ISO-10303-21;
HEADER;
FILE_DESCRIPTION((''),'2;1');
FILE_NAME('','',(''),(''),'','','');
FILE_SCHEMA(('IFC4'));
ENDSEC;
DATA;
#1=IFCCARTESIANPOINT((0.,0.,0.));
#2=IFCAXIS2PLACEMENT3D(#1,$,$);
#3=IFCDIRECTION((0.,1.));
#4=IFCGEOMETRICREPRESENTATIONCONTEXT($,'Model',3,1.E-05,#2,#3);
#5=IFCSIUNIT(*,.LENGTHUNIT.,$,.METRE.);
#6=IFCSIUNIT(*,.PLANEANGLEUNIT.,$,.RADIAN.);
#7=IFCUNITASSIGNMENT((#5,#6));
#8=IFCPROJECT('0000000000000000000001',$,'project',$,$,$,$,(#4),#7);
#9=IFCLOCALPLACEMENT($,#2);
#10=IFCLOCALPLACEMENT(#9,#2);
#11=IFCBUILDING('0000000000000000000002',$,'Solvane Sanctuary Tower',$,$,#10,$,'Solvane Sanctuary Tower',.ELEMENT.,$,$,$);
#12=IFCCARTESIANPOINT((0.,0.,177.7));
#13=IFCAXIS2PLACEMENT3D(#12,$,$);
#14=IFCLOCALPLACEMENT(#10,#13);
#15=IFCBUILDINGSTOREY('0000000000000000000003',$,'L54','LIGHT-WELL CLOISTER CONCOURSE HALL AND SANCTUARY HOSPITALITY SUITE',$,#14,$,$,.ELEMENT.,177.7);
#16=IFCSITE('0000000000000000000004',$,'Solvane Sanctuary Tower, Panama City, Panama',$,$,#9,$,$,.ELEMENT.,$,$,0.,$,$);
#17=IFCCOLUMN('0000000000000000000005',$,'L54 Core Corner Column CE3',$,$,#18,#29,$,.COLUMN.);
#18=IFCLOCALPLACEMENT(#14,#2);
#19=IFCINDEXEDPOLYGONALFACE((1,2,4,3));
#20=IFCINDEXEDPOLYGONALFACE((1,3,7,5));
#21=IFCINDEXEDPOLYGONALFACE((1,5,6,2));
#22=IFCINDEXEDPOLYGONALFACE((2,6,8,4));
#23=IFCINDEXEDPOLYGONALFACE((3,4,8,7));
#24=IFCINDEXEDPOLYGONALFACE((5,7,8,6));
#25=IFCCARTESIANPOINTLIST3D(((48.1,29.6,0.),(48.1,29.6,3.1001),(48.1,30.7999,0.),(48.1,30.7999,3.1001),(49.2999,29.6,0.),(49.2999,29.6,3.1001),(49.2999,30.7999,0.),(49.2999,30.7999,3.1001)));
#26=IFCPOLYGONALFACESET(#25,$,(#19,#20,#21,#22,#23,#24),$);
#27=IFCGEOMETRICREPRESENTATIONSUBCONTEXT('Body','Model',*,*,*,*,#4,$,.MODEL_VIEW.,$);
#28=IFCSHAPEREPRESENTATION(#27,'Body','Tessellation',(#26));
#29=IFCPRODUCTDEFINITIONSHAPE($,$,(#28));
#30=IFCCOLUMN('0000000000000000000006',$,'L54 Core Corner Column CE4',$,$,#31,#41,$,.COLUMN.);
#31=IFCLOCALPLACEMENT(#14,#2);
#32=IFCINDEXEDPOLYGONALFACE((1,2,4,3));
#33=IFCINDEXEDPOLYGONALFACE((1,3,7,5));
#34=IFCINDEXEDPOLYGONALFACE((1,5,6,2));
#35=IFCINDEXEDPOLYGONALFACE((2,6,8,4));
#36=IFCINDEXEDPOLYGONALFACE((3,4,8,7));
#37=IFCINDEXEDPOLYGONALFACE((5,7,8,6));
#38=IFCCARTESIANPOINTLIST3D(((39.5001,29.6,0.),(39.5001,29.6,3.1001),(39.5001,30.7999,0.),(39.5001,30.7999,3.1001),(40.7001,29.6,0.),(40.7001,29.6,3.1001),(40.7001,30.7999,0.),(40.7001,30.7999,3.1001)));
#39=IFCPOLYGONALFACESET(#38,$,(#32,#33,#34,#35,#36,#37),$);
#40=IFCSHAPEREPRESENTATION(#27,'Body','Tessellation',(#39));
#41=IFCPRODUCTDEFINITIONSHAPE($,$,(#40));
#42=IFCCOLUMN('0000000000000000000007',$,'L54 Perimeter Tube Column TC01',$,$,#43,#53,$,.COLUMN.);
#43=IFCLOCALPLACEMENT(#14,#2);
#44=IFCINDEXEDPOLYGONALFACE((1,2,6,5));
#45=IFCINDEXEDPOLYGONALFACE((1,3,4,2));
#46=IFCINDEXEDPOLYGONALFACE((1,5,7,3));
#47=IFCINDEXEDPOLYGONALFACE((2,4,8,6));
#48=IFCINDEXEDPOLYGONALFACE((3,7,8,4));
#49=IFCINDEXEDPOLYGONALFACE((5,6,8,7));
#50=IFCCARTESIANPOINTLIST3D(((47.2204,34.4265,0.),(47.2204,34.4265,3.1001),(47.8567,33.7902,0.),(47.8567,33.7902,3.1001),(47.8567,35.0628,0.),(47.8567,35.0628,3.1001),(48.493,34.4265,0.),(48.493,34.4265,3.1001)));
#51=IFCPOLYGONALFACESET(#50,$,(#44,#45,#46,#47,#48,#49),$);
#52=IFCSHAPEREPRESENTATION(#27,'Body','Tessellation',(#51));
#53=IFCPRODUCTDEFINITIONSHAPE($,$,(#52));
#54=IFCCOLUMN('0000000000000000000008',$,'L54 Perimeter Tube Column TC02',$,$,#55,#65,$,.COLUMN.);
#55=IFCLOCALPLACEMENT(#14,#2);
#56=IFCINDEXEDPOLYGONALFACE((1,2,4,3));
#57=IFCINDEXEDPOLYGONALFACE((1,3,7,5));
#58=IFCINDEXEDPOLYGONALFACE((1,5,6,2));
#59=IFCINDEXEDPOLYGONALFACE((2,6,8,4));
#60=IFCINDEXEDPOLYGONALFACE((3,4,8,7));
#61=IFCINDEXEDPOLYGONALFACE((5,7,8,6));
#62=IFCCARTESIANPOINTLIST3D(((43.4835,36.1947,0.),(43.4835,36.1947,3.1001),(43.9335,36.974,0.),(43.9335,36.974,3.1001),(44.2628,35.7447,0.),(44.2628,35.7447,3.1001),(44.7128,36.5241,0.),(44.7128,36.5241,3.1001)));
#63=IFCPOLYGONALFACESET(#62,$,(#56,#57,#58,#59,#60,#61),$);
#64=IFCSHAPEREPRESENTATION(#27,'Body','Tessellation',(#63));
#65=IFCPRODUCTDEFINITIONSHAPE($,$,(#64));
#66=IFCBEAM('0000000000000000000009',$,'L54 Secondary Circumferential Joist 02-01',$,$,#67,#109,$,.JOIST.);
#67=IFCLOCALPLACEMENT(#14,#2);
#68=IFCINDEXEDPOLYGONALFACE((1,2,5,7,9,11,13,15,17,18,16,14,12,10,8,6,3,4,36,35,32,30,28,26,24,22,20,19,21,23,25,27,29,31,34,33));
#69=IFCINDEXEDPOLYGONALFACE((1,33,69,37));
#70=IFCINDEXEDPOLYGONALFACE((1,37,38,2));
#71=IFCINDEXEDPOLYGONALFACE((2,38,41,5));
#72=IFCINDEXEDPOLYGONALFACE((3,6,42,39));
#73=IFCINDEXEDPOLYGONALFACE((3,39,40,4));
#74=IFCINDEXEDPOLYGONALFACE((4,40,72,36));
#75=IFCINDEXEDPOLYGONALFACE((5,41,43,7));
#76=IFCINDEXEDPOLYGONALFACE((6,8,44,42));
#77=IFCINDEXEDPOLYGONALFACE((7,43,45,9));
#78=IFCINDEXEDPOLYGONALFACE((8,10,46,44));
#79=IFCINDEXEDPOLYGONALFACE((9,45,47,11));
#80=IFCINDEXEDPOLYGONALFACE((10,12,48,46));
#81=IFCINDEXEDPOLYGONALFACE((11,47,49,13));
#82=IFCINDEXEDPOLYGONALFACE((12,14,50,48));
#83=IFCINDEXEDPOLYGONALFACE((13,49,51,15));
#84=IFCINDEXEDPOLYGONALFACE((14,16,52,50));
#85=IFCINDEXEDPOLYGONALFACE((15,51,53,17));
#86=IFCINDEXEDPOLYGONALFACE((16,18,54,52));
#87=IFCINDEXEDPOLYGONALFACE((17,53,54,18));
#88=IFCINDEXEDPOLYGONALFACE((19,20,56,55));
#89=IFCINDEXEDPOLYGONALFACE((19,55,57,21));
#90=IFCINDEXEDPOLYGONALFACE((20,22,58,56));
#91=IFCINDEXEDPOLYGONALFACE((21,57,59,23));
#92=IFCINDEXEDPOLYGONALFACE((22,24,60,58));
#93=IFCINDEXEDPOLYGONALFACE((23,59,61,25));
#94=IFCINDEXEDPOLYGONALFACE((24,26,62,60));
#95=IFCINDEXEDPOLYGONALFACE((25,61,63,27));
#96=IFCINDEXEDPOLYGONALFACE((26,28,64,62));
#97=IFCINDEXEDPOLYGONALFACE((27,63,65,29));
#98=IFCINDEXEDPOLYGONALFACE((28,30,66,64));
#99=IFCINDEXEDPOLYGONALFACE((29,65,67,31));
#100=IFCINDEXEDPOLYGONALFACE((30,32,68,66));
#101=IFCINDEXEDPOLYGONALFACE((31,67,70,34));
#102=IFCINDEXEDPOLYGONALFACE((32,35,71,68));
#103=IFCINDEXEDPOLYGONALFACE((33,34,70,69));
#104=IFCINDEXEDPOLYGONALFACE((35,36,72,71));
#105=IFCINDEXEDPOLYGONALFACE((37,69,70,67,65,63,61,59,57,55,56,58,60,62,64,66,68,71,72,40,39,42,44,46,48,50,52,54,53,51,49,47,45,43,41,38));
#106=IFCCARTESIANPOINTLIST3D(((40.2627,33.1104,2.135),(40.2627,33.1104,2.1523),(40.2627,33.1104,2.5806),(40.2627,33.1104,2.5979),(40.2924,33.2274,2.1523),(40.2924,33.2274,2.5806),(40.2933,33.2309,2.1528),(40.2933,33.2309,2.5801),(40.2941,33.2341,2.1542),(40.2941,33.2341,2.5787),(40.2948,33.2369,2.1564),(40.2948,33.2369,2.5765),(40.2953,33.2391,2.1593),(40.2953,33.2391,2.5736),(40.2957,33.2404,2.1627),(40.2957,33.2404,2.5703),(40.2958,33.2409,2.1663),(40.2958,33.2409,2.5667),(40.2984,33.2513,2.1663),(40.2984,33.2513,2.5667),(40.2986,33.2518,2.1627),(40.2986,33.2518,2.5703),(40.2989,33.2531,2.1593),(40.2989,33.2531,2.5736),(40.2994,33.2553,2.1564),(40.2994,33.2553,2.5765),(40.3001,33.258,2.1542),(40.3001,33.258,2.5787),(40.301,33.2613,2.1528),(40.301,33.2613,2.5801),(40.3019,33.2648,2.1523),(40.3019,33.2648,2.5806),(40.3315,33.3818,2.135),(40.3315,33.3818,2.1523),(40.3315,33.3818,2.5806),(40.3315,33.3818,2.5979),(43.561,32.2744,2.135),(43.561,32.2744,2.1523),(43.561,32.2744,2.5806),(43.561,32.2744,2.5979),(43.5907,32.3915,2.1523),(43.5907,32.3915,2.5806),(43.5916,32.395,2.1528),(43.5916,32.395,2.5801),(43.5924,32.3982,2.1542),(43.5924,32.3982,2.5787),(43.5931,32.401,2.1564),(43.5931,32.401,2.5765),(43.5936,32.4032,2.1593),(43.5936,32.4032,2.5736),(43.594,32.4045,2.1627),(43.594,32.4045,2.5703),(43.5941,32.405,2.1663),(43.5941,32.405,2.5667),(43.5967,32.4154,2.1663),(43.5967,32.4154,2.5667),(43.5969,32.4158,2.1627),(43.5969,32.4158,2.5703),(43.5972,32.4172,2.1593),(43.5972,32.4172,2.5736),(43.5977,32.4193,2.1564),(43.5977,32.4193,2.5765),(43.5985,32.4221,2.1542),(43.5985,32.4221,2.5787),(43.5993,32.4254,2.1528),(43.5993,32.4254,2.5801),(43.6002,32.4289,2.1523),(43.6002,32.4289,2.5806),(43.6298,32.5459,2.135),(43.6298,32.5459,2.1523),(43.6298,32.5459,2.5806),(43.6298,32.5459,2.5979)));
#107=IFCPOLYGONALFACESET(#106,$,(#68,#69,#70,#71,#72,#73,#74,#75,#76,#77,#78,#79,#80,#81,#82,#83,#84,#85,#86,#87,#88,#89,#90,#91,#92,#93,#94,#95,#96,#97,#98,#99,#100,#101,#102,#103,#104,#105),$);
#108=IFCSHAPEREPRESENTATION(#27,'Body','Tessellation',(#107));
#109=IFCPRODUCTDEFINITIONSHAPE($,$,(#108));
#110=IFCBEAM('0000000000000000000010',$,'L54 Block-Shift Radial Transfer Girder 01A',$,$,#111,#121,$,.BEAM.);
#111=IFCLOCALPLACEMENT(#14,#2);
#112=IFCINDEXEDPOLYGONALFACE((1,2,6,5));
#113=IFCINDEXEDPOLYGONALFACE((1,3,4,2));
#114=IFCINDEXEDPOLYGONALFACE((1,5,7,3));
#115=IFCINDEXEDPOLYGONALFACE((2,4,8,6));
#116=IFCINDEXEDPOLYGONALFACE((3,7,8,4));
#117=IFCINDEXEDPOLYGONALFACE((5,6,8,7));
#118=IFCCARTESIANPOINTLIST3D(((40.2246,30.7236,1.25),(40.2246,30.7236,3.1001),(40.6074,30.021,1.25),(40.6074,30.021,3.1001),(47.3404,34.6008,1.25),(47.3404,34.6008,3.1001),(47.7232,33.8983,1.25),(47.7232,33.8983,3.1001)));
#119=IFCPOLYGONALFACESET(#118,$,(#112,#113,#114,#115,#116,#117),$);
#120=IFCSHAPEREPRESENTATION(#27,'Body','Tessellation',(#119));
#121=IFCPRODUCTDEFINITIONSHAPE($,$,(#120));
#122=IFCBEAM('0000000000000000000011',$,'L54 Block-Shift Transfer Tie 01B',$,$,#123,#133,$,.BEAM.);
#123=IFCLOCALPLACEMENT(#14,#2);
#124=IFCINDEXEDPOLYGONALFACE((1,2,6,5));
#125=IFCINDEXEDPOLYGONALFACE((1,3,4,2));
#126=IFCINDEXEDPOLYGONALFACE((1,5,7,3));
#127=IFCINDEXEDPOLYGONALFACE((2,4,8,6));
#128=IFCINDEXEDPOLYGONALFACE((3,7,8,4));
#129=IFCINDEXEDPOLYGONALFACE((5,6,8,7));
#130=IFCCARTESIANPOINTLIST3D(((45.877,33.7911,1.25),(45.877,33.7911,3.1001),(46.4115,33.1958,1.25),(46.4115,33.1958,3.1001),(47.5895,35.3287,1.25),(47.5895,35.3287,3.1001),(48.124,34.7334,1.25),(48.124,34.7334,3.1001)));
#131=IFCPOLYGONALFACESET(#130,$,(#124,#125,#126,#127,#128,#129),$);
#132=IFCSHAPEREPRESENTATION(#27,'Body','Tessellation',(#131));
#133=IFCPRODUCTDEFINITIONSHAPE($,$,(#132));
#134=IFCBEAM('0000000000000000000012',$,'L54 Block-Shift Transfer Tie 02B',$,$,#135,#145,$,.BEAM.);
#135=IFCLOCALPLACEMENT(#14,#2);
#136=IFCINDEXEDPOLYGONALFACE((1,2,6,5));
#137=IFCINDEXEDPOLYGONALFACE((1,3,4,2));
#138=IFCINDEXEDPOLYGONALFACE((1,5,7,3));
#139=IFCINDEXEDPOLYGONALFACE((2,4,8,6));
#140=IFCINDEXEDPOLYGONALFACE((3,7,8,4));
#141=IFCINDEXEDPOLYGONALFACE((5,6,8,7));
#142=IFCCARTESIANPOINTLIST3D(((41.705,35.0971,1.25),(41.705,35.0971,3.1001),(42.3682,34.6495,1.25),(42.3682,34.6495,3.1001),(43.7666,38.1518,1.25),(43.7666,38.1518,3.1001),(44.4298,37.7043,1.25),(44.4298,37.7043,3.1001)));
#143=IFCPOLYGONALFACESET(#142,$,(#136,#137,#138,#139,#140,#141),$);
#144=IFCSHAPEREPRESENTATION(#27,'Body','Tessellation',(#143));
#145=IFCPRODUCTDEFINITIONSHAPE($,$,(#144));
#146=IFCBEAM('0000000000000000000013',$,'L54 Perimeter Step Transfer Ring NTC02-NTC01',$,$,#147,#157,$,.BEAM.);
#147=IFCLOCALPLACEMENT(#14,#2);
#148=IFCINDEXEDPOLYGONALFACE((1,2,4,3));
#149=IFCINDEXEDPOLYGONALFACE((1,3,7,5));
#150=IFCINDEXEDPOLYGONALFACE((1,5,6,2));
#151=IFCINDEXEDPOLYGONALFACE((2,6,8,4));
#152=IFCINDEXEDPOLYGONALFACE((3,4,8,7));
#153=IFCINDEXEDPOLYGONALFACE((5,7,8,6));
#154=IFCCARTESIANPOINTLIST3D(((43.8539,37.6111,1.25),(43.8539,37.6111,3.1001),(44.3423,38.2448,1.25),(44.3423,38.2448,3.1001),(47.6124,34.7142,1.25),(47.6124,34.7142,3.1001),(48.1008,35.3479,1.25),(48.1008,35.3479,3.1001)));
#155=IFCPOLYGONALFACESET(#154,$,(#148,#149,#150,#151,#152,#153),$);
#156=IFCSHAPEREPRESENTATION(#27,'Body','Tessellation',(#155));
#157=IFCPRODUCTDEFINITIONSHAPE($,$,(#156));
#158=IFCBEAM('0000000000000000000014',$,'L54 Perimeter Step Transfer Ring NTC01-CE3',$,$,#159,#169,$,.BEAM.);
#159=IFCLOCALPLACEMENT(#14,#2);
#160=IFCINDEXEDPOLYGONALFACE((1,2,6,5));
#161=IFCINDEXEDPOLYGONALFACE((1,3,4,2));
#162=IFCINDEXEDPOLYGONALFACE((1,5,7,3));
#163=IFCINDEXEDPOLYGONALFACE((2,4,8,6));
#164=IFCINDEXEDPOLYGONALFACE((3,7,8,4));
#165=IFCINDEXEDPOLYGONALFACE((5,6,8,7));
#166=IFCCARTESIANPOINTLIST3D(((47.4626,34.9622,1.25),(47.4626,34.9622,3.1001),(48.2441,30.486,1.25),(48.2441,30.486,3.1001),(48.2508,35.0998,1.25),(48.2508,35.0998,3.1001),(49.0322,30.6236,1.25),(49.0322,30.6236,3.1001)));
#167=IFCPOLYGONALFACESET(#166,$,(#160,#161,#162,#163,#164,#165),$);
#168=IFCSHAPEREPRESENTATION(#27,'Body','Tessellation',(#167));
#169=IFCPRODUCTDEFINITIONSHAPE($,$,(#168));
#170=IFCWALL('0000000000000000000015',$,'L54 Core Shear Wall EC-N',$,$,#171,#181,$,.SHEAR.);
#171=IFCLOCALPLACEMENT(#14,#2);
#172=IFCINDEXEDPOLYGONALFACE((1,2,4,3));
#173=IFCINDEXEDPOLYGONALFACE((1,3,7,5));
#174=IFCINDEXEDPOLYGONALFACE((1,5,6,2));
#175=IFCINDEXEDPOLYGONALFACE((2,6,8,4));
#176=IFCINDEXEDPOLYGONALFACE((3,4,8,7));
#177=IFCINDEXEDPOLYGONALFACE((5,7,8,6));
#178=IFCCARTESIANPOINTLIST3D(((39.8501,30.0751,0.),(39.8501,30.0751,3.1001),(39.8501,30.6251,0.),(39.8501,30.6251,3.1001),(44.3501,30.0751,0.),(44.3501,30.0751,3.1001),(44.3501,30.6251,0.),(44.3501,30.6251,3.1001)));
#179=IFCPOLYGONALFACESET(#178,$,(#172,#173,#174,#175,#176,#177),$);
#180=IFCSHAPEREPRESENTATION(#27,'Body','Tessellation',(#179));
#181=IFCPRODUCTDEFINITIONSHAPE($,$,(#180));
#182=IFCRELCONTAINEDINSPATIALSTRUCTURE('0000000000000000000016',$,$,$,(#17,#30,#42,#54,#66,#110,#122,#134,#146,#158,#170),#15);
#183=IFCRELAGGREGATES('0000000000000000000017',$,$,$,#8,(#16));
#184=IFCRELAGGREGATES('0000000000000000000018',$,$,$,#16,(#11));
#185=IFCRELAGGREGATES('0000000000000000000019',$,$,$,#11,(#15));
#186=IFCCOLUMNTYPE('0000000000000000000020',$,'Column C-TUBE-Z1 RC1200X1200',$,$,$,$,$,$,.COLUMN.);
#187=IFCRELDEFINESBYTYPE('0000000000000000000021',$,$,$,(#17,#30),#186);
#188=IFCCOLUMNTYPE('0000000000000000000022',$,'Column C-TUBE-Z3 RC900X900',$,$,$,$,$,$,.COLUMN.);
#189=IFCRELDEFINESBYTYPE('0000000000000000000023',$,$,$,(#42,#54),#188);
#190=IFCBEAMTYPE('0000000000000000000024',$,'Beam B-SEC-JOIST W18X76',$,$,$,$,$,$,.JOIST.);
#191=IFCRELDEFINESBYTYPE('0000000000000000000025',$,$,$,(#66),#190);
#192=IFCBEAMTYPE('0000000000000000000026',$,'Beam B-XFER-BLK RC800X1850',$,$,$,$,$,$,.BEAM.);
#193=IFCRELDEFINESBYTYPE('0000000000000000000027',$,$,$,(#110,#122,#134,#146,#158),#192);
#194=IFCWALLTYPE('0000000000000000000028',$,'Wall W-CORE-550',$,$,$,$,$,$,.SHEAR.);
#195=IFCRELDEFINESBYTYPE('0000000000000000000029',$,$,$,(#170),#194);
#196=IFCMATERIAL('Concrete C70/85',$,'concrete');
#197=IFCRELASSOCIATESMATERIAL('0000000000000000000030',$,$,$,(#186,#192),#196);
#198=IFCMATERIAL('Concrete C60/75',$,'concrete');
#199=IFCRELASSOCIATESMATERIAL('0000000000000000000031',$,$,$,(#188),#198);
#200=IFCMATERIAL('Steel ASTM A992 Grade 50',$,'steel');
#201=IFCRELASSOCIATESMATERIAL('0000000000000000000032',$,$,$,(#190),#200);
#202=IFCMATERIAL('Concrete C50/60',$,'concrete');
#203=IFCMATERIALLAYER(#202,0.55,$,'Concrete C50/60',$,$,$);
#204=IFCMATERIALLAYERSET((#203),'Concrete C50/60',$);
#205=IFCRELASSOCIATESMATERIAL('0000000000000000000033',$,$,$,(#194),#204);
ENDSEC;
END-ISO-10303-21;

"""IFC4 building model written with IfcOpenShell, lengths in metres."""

from ifc_helpers import new_model, si_unit, direction, frame, frame_2d, origin, origin_2d, place, context, subcontext, project, spatial, rectangle, i_section, extrude, material, layer, layer_set, material_profile, profile_set, type_object, element, save


model = new_model("IFC4")

# Units and contexts
model_context = context("Model", 3, precision=1e-05, world=origin(), true_north=direction((0.0, 1.0)))
body_context = subcontext(model_context, "Body", "Model", "MODEL_VIEW")
ifc_project = project(units=[si_unit("LENGTHUNIT", "METRE"), si_unit("PLANEANGLEUNIT", "RADIAN")], contexts=[model_context])

# Site, building, storey
site_placement = place(None, origin())
site = spatial("IfcSite", under=ifc_project, at=site_placement, Name="Solvane Sanctuary Tower, Panama City, Panama", CompositionType="ELEMENT", RefElevation=0.0)
building_placement = place(site_placement, origin())
building = spatial("IfcBuilding", under=site, at=building_placement, Name="Solvane Sanctuary Tower", LongName="Solvane Sanctuary Tower", CompositionType="ELEMENT")
storey_placement = place(building_placement, frame((0.0, 0.0, 177.7)))
storey = spatial("IfcBuildingStorey", under=building, at=storey_placement, Name="L54", Description="LIGHT-WELL CLOISTER CONCOURSE HALL AND SANCTUARY HOSPITALITY SUITE", CompositionType="ELEMENT", Elevation=177.7)

# Columns
ifc_material_1 = material(Name="Concrete C70/85", Category="concrete")
ifc_material_profile_1 = material_profile(ifc_material_1, rectangle(XDim=1.2, YDim=1.2, at=origin_2d()), Name="RC1200X1200")
ifc_profile_set_1 = profile_set([ifc_material_profile_1], Name="Concrete C70/85")
column_type_1 = type_object("IfcColumnType", Name="Column C-TUBE-Z1 RC1200X1200", PredefinedType="COLUMN", material=ifc_profile_set_1)
for number, where, z_axis, x_axis, name in (
    (1, (48.7, 30.2, 0.0), (0.0, 0.0, 1.0), (1.0, 0.0, 0.0), "L54 Core Corner Column CE3"),
    (2, (40.1001, 30.2, 0.0), (0.0, 0.0, 1.0), (1.0, 0.0, 0.0), "L54 Core Corner Column CE4"),
):
    element("IfcColumn", number, at=place(storey_placement, frame(where, z_axis=z_axis, x_axis=x_axis)), inside=storey, type_object=column_type_1, Name=name, PredefinedType="COLUMN", context=body_context, shape_type="SweptSolid", body=[
        extrude(rectangle(XDim=1.2, YDim=1.2, at=origin_2d()), origin(), (0.0, 0.0, 1.0), 3.1001),
    ])
ifc_material_2 = material(Name="Concrete C60/75", Category="concrete")
ifc_material_profile_2 = material_profile(ifc_material_2, rectangle(XDim=0.8999, YDim=0.8999, at=origin_2d()), Name="RC900X900")
ifc_profile_set_2 = profile_set([ifc_material_profile_2], Name="Concrete C60/75")
column_type_2 = type_object("IfcColumnType", Name="Column C-TUBE-Z3 RC900X900", PredefinedType="COLUMN", material=ifc_profile_set_2)
for number, where, z_axis, x_axis, name in (
    (3, (47.8567, 34.4265, 0.0), (0.0, 0.0, 1.0), (0.707107, 0.707107, 0.0), "L54 Perimeter Tube Column TC01"),
    (4, (44.0981, 36.3594, 0.0), (0.0, 0.0, 1.0), (0.5, 0.866025, 0.0), "L54 Perimeter Tube Column TC02"),
):
    element("IfcColumn", number, at=place(storey_placement, frame(where, z_axis=z_axis, x_axis=x_axis)), inside=storey, type_object=column_type_2, Name=name, PredefinedType="COLUMN", context=body_context, shape_type="SweptSolid", body=[
        extrude(rectangle(XDim=0.8999, YDim=0.8999, at=origin_2d()), origin(), (0.0, 0.0, 1.0), 3.1001),
    ])

# Beams
ifc_material_3 = material(Name="Steel ASTM A992 Grade 50", Category="steel")
ifc_material_profile_3 = material_profile(ifc_material_3, i_section(OverallWidth=0.28, OverallDepth=0.4629, WebThickness=0.0107, FlangeThickness=0.0173, FilletRadius=0.0139, at=origin_2d()), Name="W18X76")
ifc_profile_set_3 = profile_set([ifc_material_profile_3], Name="Steel ASTM A992 Grade 50")
beam_type_1 = type_object("IfcBeamType", Name="Beam B-SEC-JOIST W18X76", PredefinedType="JOIST", material=ifc_profile_set_3)
beam_1_placement = place(storey_placement, frame((40.2971, 33.2461, 2.3665), z_axis=(0.969352, -0.245675, 0.0), x_axis=(0.245675, 0.969352, 0.0)))
element("IfcBeam", 5, at=beam_1_placement, inside=storey, type_object=beam_type_1, Name="L54 Secondary Circumferential Joist 02-01", PredefinedType="JOIST", context=body_context, shape_type="SweptSolid", body=[
    extrude(i_section(OverallWidth=0.28, OverallDepth=0.4629, WebThickness=0.0107, FlangeThickness=0.0173, FilletRadius=0.0139, at=origin_2d()), origin(), (0.0, 0.0, 1.0), 3.4026),
])
ifc_material_profile_4 = material_profile(ifc_material_1, rectangle(XDim=0.8, YDim=1.8501, at=origin_2d()), Name="RC800X1850")
ifc_profile_set_4 = profile_set([ifc_material_profile_4], Name="Concrete C70/85")
beam_type_2 = type_object("IfcBeamType", Name="Beam B-XFER-BLK RC800X1850", PredefinedType="BEAM", material=ifc_profile_set_4)
beam_2_placement = place(storey_placement, frame((40.416, 30.3723, 2.175), z_axis=(0.878108, 0.478462, 0.0), x_axis=(-0.478462, 0.878108, 0.0)))
element("IfcBeam", 6, at=beam_2_placement, inside=storey, type_object=beam_type_2, Name="L54 Block-Shift Radial Transfer Girder 01A", PredefinedType="BEAM", context=body_context, shape_type="SweptSolid", body=[
    extrude(rectangle(XDim=0.8, YDim=1.8501, at=origin_2d()), origin(), (0.0, 0.0, 1.0), 8.1035),
])
beam_3_placement = place(storey_placement, frame((46.1443, 33.4934, 2.175), z_axis=(0.744064, 0.668109, 0.0), x_axis=(-0.668109, 0.744064, 0.0)))
element("IfcBeam", 7, at=beam_3_placement, inside=storey, type_object=beam_type_2, Name="L54 Block-Shift Transfer Tie 01B", PredefinedType="BEAM", context=body_context, shape_type="SweptSolid", body=[
    extrude(rectangle(XDim=0.8, YDim=1.8501, at=origin_2d()), origin(), (0.0, 0.0, 1.0), 2.3015),
])
beam_4_placement = place(storey_placement, frame((42.0366, 34.8733, 2.175), z_axis=(0.5594, 0.828898, 0.0), x_axis=(-0.828898, 0.5594, 0.0)))
element("IfcBeam", 8, at=beam_4_placement, inside=storey, type_object=beam_type_2, Name="L54 Block-Shift Transfer Tie 02B", PredefinedType="BEAM", context=body_context, shape_type="SweptSolid", body=[
    extrude(rectangle(XDim=0.8, YDim=1.8501, at=origin_2d()), origin(), (0.0, 0.0, 1.0), 3.6853),
])
beam_5_placement = place(storey_placement, frame((44.0981, 37.928, 2.175), z_axis=(0.792035, -0.610476, 0.0), x_axis=(0.610476, 0.792035, 0.0)))
element("IfcBeam", 9, at=beam_5_placement, inside=storey, type_object=beam_type_2, Name="L54 Perimeter Step Transfer Ring NTC02-NTC01", PredefinedType="BEAM", context=body_context, shape_type="SweptSolid", body=[
    extrude(rectangle(XDim=0.8, YDim=1.8501, at=origin_2d()), origin(), (0.0, 0.0, 1.0), 4.7454),
])
beam_6_placement = place(storey_placement, frame((47.8567, 35.031, 2.175), z_axis=(0.171983, -0.9851, 0.0), x_axis=(0.9851, 0.171983, 0.0)))
element("IfcBeam", 10, at=beam_6_placement, inside=storey, type_object=beam_type_2, Name="L54 Perimeter Step Transfer Ring NTC01-CE3", PredefinedType="BEAM", context=body_context, shape_type="SweptSolid", body=[
    extrude(rectangle(XDim=0.8, YDim=1.8501, at=origin_2d()), origin(), (0.0, 0.0, 1.0), 4.5439),
])

# Wall
ifc_material_4 = material(Name="Concrete C50/60", Category="concrete")
ifc_layer_1 = layer(ifc_material_4, 0.55, Name="Concrete C50/60")
ifc_layer_set_1 = layer_set([ifc_layer_1], Name="Concrete C50/60")
wall_type_1 = type_object("IfcWallType", Name="Wall W-CORE-550", PredefinedType="SHEAR", material=ifc_layer_set_1)
wall_1_placement = place(storey_placement, frame((39.8501, 30.3501, 0.0), z_axis=(0.0, 0.0, 1.0), x_axis=(1.0, 0.0, 0.0)))
element("IfcWall", 11, at=wall_1_placement, inside=storey, type_object=wall_type_1, Name="L54 Core Shear Wall EC-N", PredefinedType="SHEAR", context=body_context, shape_type="SweptSolid", body=[
    extrude(rectangle(XDim=4.5, YDim=0.55, at=frame_2d((2.25, 0.0))), origin(), (0.0, 0.0, 1.0), 3.1001),
])

save(model, "model.ifc")
